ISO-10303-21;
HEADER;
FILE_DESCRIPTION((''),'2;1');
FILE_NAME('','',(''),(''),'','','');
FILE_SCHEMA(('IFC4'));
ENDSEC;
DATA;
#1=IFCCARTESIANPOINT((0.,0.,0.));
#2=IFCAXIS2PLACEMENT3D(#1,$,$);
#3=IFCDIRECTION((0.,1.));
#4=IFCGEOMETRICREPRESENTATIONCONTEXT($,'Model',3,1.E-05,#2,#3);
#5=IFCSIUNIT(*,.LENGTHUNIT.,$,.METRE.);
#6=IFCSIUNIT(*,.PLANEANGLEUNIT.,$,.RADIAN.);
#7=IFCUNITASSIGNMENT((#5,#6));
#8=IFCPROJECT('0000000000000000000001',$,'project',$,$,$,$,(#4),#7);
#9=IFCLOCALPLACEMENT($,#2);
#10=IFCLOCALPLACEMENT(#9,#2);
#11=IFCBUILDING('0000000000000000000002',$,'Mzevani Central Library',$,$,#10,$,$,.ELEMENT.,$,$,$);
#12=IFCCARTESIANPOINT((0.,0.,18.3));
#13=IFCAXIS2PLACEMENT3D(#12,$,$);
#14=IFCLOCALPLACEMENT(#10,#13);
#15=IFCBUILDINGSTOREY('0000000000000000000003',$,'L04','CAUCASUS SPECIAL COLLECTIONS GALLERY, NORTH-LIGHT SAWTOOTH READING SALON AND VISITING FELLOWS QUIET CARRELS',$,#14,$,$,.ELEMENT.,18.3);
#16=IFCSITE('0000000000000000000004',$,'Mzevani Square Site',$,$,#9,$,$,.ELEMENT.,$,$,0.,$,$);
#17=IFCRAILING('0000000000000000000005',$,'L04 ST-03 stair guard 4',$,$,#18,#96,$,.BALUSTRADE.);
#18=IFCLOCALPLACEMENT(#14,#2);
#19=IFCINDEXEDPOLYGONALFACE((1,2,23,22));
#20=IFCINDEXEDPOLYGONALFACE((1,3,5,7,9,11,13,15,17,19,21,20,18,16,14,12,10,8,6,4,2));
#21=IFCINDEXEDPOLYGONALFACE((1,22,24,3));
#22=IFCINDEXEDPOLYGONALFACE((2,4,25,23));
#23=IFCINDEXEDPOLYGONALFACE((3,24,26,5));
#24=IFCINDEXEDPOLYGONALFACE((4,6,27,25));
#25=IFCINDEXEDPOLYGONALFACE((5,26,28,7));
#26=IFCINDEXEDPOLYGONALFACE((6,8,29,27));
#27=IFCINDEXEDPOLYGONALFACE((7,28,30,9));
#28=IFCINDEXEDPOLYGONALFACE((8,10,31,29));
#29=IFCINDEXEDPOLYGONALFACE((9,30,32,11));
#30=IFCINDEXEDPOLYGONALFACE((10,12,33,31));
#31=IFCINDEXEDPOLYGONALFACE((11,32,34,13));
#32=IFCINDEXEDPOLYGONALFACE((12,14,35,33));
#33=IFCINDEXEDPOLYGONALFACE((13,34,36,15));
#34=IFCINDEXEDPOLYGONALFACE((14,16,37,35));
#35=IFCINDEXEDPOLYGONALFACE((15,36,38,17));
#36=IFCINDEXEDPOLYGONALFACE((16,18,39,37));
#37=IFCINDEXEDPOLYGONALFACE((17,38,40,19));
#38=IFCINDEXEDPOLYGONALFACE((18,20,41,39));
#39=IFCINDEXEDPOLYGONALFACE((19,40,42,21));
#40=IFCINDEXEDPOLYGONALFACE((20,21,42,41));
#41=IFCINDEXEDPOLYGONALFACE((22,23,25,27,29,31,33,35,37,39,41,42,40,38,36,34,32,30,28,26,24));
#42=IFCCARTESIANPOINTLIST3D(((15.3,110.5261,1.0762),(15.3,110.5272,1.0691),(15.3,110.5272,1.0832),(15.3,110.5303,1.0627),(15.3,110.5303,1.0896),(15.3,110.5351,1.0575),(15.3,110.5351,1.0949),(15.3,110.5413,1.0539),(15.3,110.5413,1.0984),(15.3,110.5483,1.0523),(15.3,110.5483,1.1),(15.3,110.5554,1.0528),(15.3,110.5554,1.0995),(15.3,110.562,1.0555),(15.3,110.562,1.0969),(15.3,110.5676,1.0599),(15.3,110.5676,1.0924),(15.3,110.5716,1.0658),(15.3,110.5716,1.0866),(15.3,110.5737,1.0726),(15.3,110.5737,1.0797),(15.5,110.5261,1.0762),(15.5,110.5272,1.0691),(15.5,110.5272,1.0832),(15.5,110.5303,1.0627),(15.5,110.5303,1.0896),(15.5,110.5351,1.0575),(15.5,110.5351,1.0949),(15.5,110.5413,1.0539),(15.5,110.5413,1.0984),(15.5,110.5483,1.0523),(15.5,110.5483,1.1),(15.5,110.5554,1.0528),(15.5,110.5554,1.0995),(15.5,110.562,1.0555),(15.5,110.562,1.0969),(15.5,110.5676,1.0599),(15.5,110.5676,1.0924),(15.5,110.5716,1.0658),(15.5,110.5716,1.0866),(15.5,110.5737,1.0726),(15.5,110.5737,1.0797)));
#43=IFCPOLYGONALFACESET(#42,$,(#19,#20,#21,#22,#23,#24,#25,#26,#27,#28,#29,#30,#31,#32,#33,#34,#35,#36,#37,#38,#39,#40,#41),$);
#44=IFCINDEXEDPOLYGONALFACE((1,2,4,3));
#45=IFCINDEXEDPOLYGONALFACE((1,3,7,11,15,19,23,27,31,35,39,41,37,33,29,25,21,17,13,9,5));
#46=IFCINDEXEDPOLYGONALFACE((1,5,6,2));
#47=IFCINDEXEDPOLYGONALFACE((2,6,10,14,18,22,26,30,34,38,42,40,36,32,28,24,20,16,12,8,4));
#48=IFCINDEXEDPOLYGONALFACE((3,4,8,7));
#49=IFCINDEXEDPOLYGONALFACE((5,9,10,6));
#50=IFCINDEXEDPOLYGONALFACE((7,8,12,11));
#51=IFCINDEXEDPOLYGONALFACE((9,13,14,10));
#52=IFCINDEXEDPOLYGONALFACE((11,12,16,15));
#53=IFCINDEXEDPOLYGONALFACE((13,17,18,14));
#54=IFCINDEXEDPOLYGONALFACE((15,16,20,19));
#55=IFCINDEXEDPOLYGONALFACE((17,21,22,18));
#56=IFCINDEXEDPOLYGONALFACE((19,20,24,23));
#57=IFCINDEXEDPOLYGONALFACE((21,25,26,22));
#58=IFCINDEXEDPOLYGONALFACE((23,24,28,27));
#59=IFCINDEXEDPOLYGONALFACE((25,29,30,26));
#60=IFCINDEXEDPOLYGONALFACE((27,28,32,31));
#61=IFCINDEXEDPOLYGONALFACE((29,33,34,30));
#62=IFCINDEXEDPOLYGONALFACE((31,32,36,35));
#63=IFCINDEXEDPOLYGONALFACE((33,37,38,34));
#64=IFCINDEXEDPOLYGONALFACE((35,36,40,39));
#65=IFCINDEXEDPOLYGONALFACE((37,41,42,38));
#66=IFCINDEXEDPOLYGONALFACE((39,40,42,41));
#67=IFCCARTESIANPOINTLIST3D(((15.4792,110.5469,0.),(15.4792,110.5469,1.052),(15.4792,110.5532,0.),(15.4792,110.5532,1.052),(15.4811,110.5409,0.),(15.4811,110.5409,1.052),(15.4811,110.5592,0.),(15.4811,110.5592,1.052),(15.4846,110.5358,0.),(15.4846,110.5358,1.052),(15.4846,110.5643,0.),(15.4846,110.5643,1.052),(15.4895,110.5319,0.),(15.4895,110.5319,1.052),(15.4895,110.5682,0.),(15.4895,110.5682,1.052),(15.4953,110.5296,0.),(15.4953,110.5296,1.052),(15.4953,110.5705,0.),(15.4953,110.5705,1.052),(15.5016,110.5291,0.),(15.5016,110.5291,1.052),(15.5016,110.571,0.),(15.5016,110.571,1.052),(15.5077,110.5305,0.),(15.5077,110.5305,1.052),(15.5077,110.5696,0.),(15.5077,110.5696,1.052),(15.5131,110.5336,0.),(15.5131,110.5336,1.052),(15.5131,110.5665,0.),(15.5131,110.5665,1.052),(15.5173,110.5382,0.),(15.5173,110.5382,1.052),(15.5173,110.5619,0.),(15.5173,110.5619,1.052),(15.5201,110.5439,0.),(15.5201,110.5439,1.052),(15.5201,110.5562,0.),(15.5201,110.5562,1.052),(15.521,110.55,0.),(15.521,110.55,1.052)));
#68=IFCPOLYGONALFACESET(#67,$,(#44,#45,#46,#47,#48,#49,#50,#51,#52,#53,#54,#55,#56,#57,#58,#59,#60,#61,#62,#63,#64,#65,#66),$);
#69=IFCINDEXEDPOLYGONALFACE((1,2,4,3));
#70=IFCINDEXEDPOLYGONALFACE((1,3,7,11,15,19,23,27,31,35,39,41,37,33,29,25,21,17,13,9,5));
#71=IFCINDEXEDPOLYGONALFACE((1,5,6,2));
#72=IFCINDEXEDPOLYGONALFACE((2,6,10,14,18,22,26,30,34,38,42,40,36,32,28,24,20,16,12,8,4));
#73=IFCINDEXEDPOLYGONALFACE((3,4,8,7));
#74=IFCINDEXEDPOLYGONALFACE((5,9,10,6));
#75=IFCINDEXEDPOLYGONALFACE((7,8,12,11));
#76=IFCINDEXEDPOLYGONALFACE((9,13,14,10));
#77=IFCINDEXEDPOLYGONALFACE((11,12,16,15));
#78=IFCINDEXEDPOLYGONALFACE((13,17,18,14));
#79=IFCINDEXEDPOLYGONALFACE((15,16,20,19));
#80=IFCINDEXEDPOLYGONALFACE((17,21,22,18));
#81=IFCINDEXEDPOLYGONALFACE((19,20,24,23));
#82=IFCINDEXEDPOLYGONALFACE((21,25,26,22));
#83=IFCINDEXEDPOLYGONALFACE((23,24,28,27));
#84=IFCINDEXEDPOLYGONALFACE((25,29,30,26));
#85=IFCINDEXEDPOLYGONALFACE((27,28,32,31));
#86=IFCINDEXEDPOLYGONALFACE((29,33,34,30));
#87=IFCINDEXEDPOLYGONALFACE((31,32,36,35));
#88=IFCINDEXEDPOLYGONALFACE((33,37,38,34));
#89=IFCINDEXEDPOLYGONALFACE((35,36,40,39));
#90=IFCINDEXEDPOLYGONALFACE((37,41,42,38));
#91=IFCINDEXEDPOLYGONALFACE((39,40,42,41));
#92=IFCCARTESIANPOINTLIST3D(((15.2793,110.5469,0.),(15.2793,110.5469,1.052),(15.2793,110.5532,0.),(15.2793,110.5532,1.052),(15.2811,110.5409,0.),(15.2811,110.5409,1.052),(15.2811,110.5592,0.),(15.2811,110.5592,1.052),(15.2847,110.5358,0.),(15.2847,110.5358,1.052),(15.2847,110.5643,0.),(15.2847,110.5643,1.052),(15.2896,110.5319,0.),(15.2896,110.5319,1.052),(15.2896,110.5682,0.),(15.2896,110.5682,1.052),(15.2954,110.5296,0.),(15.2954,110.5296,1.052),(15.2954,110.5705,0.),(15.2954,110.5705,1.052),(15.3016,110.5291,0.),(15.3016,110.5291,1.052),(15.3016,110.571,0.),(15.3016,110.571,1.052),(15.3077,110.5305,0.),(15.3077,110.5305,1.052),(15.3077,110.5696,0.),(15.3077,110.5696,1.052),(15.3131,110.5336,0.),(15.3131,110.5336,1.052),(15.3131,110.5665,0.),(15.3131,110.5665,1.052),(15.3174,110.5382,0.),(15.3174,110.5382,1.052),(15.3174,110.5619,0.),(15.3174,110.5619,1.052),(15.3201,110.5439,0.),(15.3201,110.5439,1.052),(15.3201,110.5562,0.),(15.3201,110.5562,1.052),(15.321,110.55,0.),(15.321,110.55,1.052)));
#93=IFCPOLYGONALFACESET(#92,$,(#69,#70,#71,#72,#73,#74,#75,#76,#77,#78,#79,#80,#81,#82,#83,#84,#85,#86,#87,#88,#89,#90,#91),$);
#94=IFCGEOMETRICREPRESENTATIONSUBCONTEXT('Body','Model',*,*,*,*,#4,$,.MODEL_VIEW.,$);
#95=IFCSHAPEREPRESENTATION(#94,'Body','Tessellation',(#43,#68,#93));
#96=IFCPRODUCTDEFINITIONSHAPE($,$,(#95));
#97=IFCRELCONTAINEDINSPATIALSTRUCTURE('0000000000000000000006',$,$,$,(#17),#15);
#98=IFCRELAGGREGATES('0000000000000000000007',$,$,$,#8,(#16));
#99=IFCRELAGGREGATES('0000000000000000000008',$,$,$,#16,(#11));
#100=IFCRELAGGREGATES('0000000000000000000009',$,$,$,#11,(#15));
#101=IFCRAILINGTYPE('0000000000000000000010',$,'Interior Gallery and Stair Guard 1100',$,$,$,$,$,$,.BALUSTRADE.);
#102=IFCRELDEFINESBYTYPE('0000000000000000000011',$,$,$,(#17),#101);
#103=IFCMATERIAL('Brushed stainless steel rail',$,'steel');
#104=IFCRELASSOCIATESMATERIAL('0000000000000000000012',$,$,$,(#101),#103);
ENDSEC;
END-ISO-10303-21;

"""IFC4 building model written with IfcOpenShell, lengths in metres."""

from ifc_helpers import new_model, si_unit, direction, frame, origin, origin_2d, place, context, subcontext, project, spatial, circle, extrude, material, type_object, element, save


model = new_model("IFC4")

# Units and contexts
model_context = context("Model", 3, precision=1e-05, world=origin(), true_north=direction((0.0, 1.0)))
body_context = subcontext(model_context, "Body", "Model", "MODEL_VIEW")
ifc_project = project(units=[si_unit("LENGTHUNIT", "METRE"), si_unit("PLANEANGLEUNIT", "RADIAN")], contexts=[model_context])

# Site, building, storey
site_placement = place(None, origin())
site = spatial("IfcSite", under=ifc_project, at=site_placement, Name="Mzevani Square Site", CompositionType="ELEMENT", RefElevation=0.0)
building_placement = place(site_placement, origin())
building = spatial("IfcBuilding", under=site, at=building_placement, Name="Mzevani Central Library", CompositionType="ELEMENT")
storey_placement = place(building_placement, frame((0.0, 0.0, 18.3)))
storey = spatial("IfcBuildingStorey", under=building, at=storey_placement, Name="L04", Description="CAUCASUS SPECIAL COLLECTIONS GALLERY, NORTH-LIGHT SAWTOOTH READING SALON AND VISITING FELLOWS QUIET CARRELS", CompositionType="ELEMENT", Elevation=18.3)

# Railing
ifc_material_1 = material(Name="Brushed stainless steel rail", Category="steel")
railing_type_1 = type_object("IfcRailingType", Name="Interior Gallery and Stair Guard 1100", PredefinedType="BALUSTRADE", material=ifc_material_1)
railing_1_placement = place(storey_placement, frame((15.5, 110.55, 0.0)))
element("IfcRailing", 1, at=railing_1_placement, inside=storey, type_object=railing_type_1, Name="L04 ST-03 stair guard 4", PredefinedType="BALUSTRADE", context=body_context, shape_type="SweptSolid", body=[
    extrude(circle(Radius=0.0239, at=origin_2d()), frame((0.0, 0.0, 1.0762), z_axis=(-1.0, 0.0, 0.0), x_axis=(0.0, -1.0, 0.0)), (0.0, 0.0, 1.0), 0.2),
    extrude(circle(Radius=0.021, at=origin_2d()), origin(), (0.0, 0.0, 1.0), 1.052),
    extrude(circle(Radius=0.021, at=origin_2d()), frame((-0.2, 0.0, 0.0)), (0.0, 0.0, 1.0), 1.052),
])

save(model, "model.ifc")
